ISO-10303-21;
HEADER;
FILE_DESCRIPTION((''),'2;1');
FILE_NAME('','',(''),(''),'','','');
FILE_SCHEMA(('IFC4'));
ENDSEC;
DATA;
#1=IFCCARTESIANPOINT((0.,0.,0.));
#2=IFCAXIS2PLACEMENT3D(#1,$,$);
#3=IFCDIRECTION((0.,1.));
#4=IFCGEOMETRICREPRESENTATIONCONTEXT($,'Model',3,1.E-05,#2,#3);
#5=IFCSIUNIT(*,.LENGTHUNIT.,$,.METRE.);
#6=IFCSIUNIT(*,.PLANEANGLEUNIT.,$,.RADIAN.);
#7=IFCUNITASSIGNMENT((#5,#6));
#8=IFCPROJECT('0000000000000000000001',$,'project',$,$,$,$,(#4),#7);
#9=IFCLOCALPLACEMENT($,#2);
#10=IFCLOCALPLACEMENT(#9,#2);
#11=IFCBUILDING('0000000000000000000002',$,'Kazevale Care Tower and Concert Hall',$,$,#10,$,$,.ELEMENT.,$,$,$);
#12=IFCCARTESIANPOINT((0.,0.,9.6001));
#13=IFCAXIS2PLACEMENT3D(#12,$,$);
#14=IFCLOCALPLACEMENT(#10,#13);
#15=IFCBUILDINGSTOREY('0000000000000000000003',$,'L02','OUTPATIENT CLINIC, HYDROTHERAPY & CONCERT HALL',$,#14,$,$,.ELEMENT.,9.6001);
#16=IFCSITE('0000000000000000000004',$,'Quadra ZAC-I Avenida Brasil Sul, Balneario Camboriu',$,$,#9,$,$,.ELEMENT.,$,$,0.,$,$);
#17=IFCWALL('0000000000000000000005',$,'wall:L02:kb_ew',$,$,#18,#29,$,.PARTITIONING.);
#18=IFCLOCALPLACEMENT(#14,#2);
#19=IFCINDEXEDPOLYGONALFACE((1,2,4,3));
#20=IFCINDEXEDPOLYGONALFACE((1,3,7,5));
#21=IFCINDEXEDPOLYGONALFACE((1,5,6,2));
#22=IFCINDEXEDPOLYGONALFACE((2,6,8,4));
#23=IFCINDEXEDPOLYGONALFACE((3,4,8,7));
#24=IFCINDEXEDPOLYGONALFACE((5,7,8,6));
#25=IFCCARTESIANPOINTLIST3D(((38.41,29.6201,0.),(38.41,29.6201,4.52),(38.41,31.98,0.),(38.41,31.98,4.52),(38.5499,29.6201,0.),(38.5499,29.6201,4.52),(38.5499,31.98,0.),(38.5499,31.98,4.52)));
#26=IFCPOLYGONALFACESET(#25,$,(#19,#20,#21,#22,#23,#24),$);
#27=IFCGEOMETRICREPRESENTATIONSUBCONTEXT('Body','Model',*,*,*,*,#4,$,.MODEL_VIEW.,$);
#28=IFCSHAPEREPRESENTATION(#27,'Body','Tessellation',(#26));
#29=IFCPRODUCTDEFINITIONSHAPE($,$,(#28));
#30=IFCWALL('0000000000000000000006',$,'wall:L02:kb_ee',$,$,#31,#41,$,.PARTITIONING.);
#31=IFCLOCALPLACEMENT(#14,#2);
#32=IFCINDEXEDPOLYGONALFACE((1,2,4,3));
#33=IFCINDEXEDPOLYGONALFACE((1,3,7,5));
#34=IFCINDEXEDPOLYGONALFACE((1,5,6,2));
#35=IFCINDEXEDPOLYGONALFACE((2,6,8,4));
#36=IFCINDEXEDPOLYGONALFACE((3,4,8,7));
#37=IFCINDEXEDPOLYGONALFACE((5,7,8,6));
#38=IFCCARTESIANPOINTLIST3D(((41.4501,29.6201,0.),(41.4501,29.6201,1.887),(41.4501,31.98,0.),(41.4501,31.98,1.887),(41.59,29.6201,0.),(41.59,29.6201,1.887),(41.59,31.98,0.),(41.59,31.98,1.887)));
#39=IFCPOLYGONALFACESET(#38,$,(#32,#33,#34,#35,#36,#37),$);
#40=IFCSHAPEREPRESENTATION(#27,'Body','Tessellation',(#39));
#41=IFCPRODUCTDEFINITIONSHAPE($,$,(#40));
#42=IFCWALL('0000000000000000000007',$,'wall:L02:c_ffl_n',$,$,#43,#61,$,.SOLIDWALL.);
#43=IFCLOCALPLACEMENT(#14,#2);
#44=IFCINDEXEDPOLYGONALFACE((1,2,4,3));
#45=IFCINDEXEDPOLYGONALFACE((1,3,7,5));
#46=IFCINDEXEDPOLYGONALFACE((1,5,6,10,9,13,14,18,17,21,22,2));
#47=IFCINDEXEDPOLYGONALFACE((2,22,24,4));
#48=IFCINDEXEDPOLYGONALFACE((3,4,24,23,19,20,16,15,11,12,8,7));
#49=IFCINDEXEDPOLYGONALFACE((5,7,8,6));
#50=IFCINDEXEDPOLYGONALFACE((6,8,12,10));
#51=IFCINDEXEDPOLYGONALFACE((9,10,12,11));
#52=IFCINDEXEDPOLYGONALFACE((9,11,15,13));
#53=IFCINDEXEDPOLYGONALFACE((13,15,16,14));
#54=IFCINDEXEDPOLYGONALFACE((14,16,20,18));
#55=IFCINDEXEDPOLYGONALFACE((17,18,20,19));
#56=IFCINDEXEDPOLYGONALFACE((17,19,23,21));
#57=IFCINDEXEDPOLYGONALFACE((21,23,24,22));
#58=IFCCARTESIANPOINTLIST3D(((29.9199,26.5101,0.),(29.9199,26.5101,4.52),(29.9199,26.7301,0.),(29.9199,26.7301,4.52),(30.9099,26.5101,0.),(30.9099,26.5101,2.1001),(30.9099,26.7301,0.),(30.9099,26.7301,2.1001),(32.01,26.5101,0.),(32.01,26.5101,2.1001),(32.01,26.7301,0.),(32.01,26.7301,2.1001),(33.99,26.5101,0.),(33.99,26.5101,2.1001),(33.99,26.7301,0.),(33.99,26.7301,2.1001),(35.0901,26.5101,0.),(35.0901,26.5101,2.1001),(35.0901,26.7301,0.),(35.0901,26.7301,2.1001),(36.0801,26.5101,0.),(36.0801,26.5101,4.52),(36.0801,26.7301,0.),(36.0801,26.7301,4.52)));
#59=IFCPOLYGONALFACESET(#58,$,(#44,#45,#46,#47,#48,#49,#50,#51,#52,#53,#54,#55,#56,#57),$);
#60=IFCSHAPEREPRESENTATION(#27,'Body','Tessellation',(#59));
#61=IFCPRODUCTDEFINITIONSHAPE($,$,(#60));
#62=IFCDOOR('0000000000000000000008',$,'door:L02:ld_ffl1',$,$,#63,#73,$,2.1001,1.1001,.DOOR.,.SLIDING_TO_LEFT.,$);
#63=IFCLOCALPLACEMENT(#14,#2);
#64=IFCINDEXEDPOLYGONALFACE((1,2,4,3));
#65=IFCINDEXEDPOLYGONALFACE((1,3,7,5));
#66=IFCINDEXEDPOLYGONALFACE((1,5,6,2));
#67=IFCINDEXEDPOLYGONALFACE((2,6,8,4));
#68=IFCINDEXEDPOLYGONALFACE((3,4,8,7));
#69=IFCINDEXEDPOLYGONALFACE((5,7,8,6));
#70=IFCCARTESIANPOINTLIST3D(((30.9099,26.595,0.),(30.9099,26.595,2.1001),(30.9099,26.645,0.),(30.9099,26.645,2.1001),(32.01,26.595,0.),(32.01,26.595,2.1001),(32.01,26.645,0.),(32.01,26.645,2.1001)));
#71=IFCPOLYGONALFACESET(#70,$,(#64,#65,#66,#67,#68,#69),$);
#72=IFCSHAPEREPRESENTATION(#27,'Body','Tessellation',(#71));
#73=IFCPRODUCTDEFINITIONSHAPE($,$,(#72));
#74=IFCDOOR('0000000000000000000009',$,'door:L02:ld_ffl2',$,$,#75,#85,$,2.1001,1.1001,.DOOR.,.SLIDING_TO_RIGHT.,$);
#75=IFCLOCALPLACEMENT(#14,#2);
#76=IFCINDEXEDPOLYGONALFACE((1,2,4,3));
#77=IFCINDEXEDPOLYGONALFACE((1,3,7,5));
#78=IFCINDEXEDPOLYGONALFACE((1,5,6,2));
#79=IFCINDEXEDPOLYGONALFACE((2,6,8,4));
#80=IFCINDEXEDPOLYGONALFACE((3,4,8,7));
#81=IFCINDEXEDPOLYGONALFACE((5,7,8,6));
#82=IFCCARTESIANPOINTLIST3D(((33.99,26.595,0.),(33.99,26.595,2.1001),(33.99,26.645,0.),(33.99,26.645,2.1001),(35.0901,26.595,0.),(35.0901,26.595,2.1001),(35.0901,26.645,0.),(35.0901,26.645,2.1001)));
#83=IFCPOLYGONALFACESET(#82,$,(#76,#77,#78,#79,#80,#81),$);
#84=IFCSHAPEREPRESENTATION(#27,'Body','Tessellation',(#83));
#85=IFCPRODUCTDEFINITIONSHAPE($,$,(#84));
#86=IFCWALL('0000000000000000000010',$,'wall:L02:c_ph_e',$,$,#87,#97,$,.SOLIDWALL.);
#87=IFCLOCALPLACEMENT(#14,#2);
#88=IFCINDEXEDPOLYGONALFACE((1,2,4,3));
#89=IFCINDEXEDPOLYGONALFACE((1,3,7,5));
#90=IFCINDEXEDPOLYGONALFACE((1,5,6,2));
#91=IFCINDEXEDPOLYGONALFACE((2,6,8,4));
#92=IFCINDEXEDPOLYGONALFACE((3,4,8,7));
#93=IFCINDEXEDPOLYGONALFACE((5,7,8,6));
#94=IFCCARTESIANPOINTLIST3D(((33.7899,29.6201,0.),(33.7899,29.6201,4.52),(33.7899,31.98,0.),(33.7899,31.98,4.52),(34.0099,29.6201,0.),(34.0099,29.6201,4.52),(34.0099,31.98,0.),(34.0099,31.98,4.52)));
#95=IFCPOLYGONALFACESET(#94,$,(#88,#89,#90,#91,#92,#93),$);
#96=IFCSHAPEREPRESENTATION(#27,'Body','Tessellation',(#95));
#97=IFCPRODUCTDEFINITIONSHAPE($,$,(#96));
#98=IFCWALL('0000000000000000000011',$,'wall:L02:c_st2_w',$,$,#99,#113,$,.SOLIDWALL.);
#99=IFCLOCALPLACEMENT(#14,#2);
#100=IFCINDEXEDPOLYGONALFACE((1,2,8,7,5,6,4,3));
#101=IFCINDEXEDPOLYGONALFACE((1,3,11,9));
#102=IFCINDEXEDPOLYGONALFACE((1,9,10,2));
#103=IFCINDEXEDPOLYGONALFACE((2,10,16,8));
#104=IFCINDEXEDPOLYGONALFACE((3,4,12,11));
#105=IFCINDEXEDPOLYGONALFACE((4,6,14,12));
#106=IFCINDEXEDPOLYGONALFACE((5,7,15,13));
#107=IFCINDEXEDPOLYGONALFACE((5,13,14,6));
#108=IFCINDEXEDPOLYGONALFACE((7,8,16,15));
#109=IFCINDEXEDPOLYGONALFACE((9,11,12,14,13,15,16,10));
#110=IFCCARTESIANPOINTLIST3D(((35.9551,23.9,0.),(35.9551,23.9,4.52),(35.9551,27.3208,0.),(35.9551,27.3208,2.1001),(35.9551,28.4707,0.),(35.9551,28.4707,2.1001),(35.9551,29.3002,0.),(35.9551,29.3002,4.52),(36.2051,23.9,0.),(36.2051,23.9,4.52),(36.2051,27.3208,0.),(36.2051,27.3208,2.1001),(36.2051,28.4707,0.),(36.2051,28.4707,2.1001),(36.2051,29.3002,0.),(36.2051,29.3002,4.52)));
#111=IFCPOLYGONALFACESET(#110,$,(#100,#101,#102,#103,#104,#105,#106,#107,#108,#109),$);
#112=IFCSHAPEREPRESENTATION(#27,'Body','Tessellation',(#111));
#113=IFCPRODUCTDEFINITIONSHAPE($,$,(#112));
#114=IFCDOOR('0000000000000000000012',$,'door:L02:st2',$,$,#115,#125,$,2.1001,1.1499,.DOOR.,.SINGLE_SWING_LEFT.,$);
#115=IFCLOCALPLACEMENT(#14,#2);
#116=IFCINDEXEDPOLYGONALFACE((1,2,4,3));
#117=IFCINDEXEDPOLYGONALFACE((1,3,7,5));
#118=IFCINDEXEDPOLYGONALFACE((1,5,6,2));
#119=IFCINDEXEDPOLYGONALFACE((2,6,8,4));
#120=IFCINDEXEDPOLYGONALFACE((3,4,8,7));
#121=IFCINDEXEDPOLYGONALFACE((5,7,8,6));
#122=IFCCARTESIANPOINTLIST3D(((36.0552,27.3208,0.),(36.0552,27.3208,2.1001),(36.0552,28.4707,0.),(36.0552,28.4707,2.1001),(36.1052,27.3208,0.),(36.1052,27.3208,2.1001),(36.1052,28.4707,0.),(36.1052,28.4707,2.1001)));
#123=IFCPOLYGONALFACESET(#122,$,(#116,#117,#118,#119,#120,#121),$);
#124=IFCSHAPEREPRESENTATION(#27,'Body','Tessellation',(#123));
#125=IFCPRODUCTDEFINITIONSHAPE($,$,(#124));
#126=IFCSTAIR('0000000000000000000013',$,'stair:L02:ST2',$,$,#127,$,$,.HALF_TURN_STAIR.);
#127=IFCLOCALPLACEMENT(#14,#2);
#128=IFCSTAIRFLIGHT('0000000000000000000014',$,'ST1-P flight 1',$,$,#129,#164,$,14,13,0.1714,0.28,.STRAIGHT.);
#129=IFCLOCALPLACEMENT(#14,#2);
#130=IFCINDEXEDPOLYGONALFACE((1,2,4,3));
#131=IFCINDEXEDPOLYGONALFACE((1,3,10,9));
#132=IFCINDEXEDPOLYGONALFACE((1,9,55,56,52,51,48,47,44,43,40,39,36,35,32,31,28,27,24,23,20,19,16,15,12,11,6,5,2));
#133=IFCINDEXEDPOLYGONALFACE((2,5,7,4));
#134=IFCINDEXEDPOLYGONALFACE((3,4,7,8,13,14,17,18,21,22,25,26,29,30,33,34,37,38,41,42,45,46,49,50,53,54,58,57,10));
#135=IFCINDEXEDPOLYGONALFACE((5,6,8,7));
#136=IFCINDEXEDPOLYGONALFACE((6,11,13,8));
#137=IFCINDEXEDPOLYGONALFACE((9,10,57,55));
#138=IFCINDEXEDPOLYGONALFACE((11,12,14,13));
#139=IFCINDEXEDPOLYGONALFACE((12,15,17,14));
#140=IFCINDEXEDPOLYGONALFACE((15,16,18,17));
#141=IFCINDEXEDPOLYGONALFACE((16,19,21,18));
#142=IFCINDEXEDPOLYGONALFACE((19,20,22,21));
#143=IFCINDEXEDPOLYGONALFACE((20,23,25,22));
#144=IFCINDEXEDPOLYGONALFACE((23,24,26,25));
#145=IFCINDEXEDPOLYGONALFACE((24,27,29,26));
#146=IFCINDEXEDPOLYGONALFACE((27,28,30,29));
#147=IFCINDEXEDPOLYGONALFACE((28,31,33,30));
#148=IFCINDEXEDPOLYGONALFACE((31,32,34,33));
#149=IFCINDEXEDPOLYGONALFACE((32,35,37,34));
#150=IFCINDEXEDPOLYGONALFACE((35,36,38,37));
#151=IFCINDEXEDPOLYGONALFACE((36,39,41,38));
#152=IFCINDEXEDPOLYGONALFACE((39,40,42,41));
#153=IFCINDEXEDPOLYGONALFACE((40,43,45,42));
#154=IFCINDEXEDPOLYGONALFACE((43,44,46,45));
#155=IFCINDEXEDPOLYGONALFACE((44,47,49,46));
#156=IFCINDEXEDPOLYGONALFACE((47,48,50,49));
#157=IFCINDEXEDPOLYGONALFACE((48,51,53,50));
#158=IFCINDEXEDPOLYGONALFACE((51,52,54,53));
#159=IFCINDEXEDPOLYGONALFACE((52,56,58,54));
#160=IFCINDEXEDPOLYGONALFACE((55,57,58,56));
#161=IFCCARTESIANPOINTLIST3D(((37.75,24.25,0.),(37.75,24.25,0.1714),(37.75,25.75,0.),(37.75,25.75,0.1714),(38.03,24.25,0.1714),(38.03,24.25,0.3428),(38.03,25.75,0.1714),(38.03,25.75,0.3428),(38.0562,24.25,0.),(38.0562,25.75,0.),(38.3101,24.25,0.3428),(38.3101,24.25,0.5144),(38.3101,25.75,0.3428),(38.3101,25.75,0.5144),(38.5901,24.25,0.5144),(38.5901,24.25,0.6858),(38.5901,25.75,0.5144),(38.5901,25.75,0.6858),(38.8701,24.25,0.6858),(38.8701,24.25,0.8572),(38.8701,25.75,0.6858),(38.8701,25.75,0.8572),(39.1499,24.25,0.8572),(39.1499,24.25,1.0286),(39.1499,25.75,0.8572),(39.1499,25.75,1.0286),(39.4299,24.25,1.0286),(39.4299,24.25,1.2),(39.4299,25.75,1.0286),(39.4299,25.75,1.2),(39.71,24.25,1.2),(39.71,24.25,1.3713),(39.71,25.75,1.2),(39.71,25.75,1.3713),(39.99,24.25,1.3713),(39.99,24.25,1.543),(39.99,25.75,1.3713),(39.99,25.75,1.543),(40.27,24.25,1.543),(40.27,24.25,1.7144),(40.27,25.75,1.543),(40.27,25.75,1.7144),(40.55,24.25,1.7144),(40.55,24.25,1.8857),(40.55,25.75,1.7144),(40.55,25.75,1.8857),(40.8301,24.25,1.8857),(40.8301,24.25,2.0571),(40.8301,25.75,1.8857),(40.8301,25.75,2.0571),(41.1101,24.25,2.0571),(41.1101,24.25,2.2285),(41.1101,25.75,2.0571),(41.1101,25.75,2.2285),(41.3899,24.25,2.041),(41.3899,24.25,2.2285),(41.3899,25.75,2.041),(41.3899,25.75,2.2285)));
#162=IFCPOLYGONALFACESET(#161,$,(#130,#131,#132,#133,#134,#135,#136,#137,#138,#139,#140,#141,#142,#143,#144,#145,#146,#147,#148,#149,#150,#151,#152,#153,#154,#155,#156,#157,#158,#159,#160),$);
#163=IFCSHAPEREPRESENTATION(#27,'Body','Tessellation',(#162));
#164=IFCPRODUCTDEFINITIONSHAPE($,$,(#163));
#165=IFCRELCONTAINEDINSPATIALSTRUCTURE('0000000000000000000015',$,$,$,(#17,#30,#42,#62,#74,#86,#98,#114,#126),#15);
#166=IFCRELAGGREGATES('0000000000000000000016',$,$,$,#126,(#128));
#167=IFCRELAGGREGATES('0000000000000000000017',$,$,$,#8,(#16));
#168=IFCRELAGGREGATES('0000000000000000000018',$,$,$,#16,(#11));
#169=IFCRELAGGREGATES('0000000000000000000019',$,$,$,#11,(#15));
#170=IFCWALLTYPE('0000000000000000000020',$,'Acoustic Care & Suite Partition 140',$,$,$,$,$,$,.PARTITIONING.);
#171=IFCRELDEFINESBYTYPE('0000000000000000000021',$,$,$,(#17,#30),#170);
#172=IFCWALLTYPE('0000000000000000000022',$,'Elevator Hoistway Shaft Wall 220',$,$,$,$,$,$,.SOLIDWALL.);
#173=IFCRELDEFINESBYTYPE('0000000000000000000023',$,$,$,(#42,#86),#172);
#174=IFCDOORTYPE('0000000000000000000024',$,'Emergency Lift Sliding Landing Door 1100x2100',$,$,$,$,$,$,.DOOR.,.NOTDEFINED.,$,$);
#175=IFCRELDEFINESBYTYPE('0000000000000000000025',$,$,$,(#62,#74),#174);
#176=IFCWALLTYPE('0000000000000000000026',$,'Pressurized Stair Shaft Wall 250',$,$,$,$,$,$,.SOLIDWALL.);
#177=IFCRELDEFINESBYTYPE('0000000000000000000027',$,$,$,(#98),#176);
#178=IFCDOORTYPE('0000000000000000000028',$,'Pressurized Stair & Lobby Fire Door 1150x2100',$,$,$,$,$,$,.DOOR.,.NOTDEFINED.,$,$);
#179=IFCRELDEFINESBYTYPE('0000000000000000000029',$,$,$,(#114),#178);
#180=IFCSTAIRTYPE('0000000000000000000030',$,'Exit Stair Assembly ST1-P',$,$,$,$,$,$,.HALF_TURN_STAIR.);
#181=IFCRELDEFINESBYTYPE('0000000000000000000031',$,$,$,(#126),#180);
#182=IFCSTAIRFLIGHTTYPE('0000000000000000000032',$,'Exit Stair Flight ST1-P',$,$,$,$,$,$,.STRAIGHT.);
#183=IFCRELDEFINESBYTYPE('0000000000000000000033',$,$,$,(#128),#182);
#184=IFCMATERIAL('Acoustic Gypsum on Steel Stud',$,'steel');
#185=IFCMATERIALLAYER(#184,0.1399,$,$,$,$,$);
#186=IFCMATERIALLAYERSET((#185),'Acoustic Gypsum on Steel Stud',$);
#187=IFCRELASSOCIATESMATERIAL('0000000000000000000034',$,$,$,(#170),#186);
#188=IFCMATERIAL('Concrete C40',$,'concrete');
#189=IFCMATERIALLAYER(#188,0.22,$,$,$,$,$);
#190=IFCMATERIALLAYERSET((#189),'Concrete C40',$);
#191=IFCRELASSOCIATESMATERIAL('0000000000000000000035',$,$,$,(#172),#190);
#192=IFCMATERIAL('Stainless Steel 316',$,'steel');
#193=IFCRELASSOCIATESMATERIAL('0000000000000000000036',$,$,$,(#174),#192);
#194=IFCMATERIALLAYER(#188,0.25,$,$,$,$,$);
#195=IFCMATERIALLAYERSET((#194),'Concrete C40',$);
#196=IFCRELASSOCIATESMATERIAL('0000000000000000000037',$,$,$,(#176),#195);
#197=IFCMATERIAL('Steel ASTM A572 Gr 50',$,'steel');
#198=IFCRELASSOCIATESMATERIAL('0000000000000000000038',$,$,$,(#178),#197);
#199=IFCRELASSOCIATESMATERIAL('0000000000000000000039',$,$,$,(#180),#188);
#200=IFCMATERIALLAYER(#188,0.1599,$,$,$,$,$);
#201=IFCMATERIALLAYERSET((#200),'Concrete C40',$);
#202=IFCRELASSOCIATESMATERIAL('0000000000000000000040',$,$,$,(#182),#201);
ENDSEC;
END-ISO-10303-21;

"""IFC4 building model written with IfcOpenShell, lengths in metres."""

from ifc_helpers import new_model, si_unit, direction, frame, frame_2d, origin, place, context, subcontext, project, spatial, polyline, rectangle, outline, extrude, material, layer, layer_set, type_object, element, fill, aggregate, save


model = new_model("IFC4")

# Units and contexts
model_context = context("Model", 3, precision=1e-05, world=origin(), true_north=direction((0.0, 1.0)))
body_context = subcontext(model_context, "Body", "Model", "MODEL_VIEW")
ifc_project = project(units=[si_unit("LENGTHUNIT", "METRE"), si_unit("PLANEANGLEUNIT", "RADIAN")], contexts=[model_context])

# Site, building, storey
site_placement = place(None, origin())
site = spatial("IfcSite", under=ifc_project, at=site_placement, Name="Quadra ZAC-I Avenida Brasil Sul, Balneario Camboriu", CompositionType="ELEMENT", RefElevation=0.0)
building_placement = place(site_placement, origin())
building = spatial("IfcBuilding", under=site, at=building_placement, Name="Kazevale Care Tower and Concert Hall", CompositionType="ELEMENT")
storey_placement = place(building_placement, frame((0.0, 0.0, 9.6001)))
storey = spatial("IfcBuildingStorey", under=building, at=storey_placement, Name="L02", Description="OUTPATIENT CLINIC, HYDROTHERAPY & CONCERT HALL", CompositionType="ELEMENT", Elevation=9.6001)

# Walls
ifc_material_1 = material(Name="Acoustic Gypsum on Steel Stud", Category="steel")
ifc_layer_1 = layer(ifc_material_1, 0.1399)
ifc_layer_set_1 = layer_set([ifc_layer_1], Name="Acoustic Gypsum on Steel Stud")
wall_type_1 = type_object("IfcWallType", Name="Acoustic Care & Suite Partition 140", PredefinedType="PARTITIONING", material=ifc_layer_set_1)
wall_1_placement = place(storey_placement, frame((38.48, 29.6201, 0.0), z_axis=(0.0, 0.0, 1.0), x_axis=(0.0, 1.0, 0.0)))
element("IfcWall", 1, at=wall_1_placement, inside=storey, type_object=wall_type_1, Name="wall:L02:kb_ew", PredefinedType="PARTITIONING", context=body_context, shape_type="SweptSolid", body=[
    extrude(rectangle(XDim=2.3599, YDim=0.1399, at=frame_2d((1.1799, 0.0))), origin(), (0.0, 0.0, 1.0), 4.52),
])
wall_2_placement = place(storey_placement, frame((41.52, 29.6201, 0.0), z_axis=(0.0, 0.0, 1.0), x_axis=(0.0, 1.0, 0.0)))
element("IfcWall", 2, at=wall_2_placement, inside=storey, type_object=wall_type_1, Name="wall:L02:kb_ee", PredefinedType="PARTITIONING", context=body_context, shape_type="SweptSolid", body=[
    extrude(rectangle(XDim=2.3599, YDim=0.1399, at=frame_2d((1.1799, 0.0))), origin(), (0.0, 0.0, 1.0), 1.887),
])

# Wall, openings, doors
ifc_material_2 = material(Name="Concrete C40", Category="concrete")
ifc_layer_2 = layer(ifc_material_2, 0.22)
ifc_layer_set_2 = layer_set([ifc_layer_2], Name="Concrete C40")
wall_type_2 = type_object("IfcWallType", Name="Elevator Hoistway Shaft Wall 220", PredefinedType="SOLIDWALL", material=ifc_layer_set_2)
wall_3_placement = place(storey_placement, frame((29.9199, 26.6201, 0.0), z_axis=(0.0, 0.0, 1.0), x_axis=(1.0, 0.0, 0.0)))
wall_3 = element("IfcWall", 3, at=wall_3_placement, inside=storey, type_object=wall_type_2, Name="wall:L02:c_ffl_n", PredefinedType="SOLIDWALL", context=body_context, shape_type="SweptSolid", body=[
    extrude(rectangle(XDim=6.1602, YDim=0.22, at=frame_2d((3.0801, 0.0))), origin(), (0.0, 0.0, 1.0), 4.52),
])
opening_1_placement = place(wall_3_placement, frame((0.99, 0.0, 0.0)))
opening_1 = element("IfcOpeningElement", 4, at=opening_1_placement, cuts=wall_3, PredefinedType="OPENING", context=body_context, shape_type="SweptSolid", body=[
    extrude(rectangle(XDim=1.1001, YDim=2.1001, at=frame_2d((0.55, 1.05))), frame((0.0, 0.1199, 0.0), z_axis=(0.0, -1.0, 0.0), x_axis=(1.0, 0.0, 0.0)), (0.0, 0.0, 1.0), 0.24),
])
opening_2_placement = place(wall_3_placement, frame((4.0701, 0.0, 0.0)))
opening_2 = element("IfcOpeningElement", 5, at=opening_2_placement, cuts=wall_3, PredefinedType="OPENING", context=body_context, shape_type="SweptSolid", body=[
    extrude(rectangle(XDim=1.1001, YDim=2.1001, at=frame_2d((0.55, 1.05))), frame((0.0, 0.1199, 0.0), z_axis=(0.0, -1.0, 0.0), x_axis=(1.0, 0.0, 0.0)), (0.0, 0.0, 1.0), 0.24),
])
ifc_material_3 = material(Name="Stainless Steel 316", Category="steel")
door_type_1 = type_object("IfcDoorType", Name="Emergency Lift Sliding Landing Door 1100x2100", OperationType="NOTDEFINED", PredefinedType="DOOR", material=ifc_material_3)
door_1_placement = place(opening_1_placement, origin())
door_1 = element("IfcDoor", 6, at=door_1_placement, inside=storey, type_object=door_type_1, Name="door:L02:ld_ffl1", OperationType="SLIDING_TO_LEFT", OverallHeight=2.1001, OverallWidth=1.1001, PredefinedType="DOOR", context=body_context, shape_type="SweptSolid", body=[
    extrude(rectangle(XDim=1.1001, YDim=2.1001, at=frame_2d((0.55, 1.05))), frame((0.0, 0.0249, 0.0), z_axis=(0.0, -1.0, 0.0), x_axis=(1.0, 0.0, 0.0)), (0.0, 0.0, 1.0), 0.05),
])
fill(opening_1, door_1)
door_2_placement = place(opening_2_placement, origin())
door_2 = element("IfcDoor", 7, at=door_2_placement, inside=storey, type_object=door_type_1, Name="door:L02:ld_ffl2", OperationType="SLIDING_TO_RIGHT", OverallHeight=2.1001, OverallWidth=1.1001, PredefinedType="DOOR", context=body_context, shape_type="SweptSolid", body=[
    extrude(rectangle(XDim=1.1001, YDim=2.1001, at=frame_2d((0.55, 1.05))), frame((0.0, 0.0249, 0.0), z_axis=(0.0, -1.0, 0.0), x_axis=(1.0, 0.0, 0.0)), (0.0, 0.0, 1.0), 0.05),
])
fill(opening_2, door_2)

# Wall
wall_4_placement = place(storey_placement, frame((33.8999, 29.6201, 0.0), z_axis=(0.0, 0.0, 1.0), x_axis=(0.0, 1.0, 0.0)))
element("IfcWall", 8, at=wall_4_placement, inside=storey, type_object=wall_type_2, Name="wall:L02:c_ph_e", PredefinedType="SOLIDWALL", context=body_context, shape_type="SweptSolid", body=[
    extrude(rectangle(XDim=2.3599, YDim=0.22, at=frame_2d((1.1799, 0.0))), origin(), (0.0, 0.0, 1.0), 4.52),
])

# Wall, opening, door
ifc_layer_3 = layer(ifc_material_2, 0.25)
ifc_layer_set_3 = layer_set([ifc_layer_3], Name="Concrete C40")
wall_type_3 = type_object("IfcWallType", Name="Pressurized Stair Shaft Wall 250", PredefinedType="SOLIDWALL", material=ifc_layer_set_3)
wall_5_placement = place(storey_placement, frame((36.0801, 23.8999, 0.0), z_axis=(0.0, 0.0, 1.0), x_axis=(0.0, 1.0, 0.0)))
wall_5 = element("IfcWall", 9, at=wall_5_placement, inside=storey, type_object=wall_type_3, Name="wall:L02:c_st2_w", PredefinedType="SOLIDWALL", context=body_context, shape_type="SweptSolid", body=[
    extrude(rectangle(XDim=5.4001, YDim=0.25, at=frame_2d((2.7002, 0.0))), origin(), (0.0, 0.0, 1.0), 4.52),
])
opening_3_placement = place(wall_5_placement, frame((3.4209, 0.0, 0.0)))
opening_3 = element("IfcOpeningElement", 10, at=opening_3_placement, cuts=wall_5, PredefinedType="OPENING", context=body_context, shape_type="SweptSolid", body=[
    extrude(rectangle(XDim=1.1499, YDim=2.1001, at=frame_2d((0.575, 1.05))), frame((0.0, 0.135, 0.0), z_axis=(0.0, -1.0, 0.0), x_axis=(1.0, 0.0, 0.0)), (0.0, 0.0, 1.0), 0.27),
])
ifc_material_4 = material(Name="Steel ASTM A572 Gr 50", Category="steel")
door_type_2 = type_object("IfcDoorType", Name="Pressurized Stair & Lobby Fire Door 1150x2100", OperationType="NOTDEFINED", PredefinedType="DOOR", material=ifc_material_4)
door_3_placement = place(opening_3_placement, origin())
door_3 = element("IfcDoor", 11, at=door_3_placement, inside=storey, type_object=door_type_2, Name="door:L02:st2", OperationType="SINGLE_SWING_LEFT", OverallHeight=2.1001, OverallWidth=1.1499, PredefinedType="DOOR", context=body_context, shape_type="SweptSolid", body=[
    extrude(rectangle(XDim=1.1499, YDim=2.1001, at=frame_2d((0.575, 1.05))), frame((0.0, 0.0249, 0.0), z_axis=(0.0, -1.0, 0.0), x_axis=(1.0, 0.0, 0.0)), (0.0, 0.0, 1.0), 0.05),
])
fill(opening_3, door_3)

# Stair, stair flight
stair_type = type_object("IfcStairType", Name="Exit Stair Assembly ST1-P", PredefinedType="HALF_TURN_STAIR", material=ifc_material_2)
stair_placement = place(storey_placement, origin())
stair = element("IfcStair", 12, at=stair_placement, inside=storey, type_object=stair_type, Name="stair:L02:ST2", PredefinedType="HALF_TURN_STAIR")
ifc_layer_4 = layer(ifc_material_2, 0.1599)
ifc_layer_set_4 = layer_set([ifc_layer_4], Name="Concrete C40")
stair_flight_type = type_object("IfcStairFlightType", Name="Exit Stair Flight ST1-P", PredefinedType="STRAIGHT", material=ifc_layer_set_4)
stair_flight_1_placement = place(storey_placement, frame((37.75, 25.0, 0.0), z_axis=(0.0, 0.0, 1.0), x_axis=(1.0, 0.0, 0.0)))
stair_flight_1 = element("IfcStairFlight", 13, at=stair_flight_1_placement, type_object=stair_flight_type, Name="ST1-P flight 1", NumberOfRisers=14, NumberOfTreads=13, PredefinedType="STRAIGHT", RiserHeight=0.1714, TreadLength=0.28, context=body_context, shape_type="SweptSolid", body=[
    extrude(outline(polyline([(0.0, 0.0), (0.0, 0.1714), (0.28, 0.1714), (0.28, 0.3428), (0.5601, 0.3428), (0.5601, 0.5144), (0.8401, 0.5144), (0.8401, 0.6858), (1.1201, 0.6858), (1.1201, 0.8572), (1.3999, 0.8572), (1.3999, 1.0286), (1.6799, 1.0286), (1.6799, 1.2), (1.96, 1.2), (1.96, 1.3713), (2.24, 1.3713), (2.24, 1.543), (2.52, 1.543), (2.52, 1.7144), (2.8, 1.7144), (2.8, 1.8857), (3.0801, 1.8857), (3.0801, 2.0571), (3.3601, 2.0571), (3.3601, 2.2285), (3.6399, 2.2285), (3.6399, 2.3999), (3.6399, 2.041), (0.3062, 0.0), (0.0, 0.0)])), frame((0.0, 0.75, 0.0), z_axis=(0.0, -1.0, 0.0), x_axis=(1.0, 0.0, 0.0)), (0.0, 0.0, 1.0), 1.5),
])
aggregate(stair, [stair_flight_1])

save(model, "model.ifc")
